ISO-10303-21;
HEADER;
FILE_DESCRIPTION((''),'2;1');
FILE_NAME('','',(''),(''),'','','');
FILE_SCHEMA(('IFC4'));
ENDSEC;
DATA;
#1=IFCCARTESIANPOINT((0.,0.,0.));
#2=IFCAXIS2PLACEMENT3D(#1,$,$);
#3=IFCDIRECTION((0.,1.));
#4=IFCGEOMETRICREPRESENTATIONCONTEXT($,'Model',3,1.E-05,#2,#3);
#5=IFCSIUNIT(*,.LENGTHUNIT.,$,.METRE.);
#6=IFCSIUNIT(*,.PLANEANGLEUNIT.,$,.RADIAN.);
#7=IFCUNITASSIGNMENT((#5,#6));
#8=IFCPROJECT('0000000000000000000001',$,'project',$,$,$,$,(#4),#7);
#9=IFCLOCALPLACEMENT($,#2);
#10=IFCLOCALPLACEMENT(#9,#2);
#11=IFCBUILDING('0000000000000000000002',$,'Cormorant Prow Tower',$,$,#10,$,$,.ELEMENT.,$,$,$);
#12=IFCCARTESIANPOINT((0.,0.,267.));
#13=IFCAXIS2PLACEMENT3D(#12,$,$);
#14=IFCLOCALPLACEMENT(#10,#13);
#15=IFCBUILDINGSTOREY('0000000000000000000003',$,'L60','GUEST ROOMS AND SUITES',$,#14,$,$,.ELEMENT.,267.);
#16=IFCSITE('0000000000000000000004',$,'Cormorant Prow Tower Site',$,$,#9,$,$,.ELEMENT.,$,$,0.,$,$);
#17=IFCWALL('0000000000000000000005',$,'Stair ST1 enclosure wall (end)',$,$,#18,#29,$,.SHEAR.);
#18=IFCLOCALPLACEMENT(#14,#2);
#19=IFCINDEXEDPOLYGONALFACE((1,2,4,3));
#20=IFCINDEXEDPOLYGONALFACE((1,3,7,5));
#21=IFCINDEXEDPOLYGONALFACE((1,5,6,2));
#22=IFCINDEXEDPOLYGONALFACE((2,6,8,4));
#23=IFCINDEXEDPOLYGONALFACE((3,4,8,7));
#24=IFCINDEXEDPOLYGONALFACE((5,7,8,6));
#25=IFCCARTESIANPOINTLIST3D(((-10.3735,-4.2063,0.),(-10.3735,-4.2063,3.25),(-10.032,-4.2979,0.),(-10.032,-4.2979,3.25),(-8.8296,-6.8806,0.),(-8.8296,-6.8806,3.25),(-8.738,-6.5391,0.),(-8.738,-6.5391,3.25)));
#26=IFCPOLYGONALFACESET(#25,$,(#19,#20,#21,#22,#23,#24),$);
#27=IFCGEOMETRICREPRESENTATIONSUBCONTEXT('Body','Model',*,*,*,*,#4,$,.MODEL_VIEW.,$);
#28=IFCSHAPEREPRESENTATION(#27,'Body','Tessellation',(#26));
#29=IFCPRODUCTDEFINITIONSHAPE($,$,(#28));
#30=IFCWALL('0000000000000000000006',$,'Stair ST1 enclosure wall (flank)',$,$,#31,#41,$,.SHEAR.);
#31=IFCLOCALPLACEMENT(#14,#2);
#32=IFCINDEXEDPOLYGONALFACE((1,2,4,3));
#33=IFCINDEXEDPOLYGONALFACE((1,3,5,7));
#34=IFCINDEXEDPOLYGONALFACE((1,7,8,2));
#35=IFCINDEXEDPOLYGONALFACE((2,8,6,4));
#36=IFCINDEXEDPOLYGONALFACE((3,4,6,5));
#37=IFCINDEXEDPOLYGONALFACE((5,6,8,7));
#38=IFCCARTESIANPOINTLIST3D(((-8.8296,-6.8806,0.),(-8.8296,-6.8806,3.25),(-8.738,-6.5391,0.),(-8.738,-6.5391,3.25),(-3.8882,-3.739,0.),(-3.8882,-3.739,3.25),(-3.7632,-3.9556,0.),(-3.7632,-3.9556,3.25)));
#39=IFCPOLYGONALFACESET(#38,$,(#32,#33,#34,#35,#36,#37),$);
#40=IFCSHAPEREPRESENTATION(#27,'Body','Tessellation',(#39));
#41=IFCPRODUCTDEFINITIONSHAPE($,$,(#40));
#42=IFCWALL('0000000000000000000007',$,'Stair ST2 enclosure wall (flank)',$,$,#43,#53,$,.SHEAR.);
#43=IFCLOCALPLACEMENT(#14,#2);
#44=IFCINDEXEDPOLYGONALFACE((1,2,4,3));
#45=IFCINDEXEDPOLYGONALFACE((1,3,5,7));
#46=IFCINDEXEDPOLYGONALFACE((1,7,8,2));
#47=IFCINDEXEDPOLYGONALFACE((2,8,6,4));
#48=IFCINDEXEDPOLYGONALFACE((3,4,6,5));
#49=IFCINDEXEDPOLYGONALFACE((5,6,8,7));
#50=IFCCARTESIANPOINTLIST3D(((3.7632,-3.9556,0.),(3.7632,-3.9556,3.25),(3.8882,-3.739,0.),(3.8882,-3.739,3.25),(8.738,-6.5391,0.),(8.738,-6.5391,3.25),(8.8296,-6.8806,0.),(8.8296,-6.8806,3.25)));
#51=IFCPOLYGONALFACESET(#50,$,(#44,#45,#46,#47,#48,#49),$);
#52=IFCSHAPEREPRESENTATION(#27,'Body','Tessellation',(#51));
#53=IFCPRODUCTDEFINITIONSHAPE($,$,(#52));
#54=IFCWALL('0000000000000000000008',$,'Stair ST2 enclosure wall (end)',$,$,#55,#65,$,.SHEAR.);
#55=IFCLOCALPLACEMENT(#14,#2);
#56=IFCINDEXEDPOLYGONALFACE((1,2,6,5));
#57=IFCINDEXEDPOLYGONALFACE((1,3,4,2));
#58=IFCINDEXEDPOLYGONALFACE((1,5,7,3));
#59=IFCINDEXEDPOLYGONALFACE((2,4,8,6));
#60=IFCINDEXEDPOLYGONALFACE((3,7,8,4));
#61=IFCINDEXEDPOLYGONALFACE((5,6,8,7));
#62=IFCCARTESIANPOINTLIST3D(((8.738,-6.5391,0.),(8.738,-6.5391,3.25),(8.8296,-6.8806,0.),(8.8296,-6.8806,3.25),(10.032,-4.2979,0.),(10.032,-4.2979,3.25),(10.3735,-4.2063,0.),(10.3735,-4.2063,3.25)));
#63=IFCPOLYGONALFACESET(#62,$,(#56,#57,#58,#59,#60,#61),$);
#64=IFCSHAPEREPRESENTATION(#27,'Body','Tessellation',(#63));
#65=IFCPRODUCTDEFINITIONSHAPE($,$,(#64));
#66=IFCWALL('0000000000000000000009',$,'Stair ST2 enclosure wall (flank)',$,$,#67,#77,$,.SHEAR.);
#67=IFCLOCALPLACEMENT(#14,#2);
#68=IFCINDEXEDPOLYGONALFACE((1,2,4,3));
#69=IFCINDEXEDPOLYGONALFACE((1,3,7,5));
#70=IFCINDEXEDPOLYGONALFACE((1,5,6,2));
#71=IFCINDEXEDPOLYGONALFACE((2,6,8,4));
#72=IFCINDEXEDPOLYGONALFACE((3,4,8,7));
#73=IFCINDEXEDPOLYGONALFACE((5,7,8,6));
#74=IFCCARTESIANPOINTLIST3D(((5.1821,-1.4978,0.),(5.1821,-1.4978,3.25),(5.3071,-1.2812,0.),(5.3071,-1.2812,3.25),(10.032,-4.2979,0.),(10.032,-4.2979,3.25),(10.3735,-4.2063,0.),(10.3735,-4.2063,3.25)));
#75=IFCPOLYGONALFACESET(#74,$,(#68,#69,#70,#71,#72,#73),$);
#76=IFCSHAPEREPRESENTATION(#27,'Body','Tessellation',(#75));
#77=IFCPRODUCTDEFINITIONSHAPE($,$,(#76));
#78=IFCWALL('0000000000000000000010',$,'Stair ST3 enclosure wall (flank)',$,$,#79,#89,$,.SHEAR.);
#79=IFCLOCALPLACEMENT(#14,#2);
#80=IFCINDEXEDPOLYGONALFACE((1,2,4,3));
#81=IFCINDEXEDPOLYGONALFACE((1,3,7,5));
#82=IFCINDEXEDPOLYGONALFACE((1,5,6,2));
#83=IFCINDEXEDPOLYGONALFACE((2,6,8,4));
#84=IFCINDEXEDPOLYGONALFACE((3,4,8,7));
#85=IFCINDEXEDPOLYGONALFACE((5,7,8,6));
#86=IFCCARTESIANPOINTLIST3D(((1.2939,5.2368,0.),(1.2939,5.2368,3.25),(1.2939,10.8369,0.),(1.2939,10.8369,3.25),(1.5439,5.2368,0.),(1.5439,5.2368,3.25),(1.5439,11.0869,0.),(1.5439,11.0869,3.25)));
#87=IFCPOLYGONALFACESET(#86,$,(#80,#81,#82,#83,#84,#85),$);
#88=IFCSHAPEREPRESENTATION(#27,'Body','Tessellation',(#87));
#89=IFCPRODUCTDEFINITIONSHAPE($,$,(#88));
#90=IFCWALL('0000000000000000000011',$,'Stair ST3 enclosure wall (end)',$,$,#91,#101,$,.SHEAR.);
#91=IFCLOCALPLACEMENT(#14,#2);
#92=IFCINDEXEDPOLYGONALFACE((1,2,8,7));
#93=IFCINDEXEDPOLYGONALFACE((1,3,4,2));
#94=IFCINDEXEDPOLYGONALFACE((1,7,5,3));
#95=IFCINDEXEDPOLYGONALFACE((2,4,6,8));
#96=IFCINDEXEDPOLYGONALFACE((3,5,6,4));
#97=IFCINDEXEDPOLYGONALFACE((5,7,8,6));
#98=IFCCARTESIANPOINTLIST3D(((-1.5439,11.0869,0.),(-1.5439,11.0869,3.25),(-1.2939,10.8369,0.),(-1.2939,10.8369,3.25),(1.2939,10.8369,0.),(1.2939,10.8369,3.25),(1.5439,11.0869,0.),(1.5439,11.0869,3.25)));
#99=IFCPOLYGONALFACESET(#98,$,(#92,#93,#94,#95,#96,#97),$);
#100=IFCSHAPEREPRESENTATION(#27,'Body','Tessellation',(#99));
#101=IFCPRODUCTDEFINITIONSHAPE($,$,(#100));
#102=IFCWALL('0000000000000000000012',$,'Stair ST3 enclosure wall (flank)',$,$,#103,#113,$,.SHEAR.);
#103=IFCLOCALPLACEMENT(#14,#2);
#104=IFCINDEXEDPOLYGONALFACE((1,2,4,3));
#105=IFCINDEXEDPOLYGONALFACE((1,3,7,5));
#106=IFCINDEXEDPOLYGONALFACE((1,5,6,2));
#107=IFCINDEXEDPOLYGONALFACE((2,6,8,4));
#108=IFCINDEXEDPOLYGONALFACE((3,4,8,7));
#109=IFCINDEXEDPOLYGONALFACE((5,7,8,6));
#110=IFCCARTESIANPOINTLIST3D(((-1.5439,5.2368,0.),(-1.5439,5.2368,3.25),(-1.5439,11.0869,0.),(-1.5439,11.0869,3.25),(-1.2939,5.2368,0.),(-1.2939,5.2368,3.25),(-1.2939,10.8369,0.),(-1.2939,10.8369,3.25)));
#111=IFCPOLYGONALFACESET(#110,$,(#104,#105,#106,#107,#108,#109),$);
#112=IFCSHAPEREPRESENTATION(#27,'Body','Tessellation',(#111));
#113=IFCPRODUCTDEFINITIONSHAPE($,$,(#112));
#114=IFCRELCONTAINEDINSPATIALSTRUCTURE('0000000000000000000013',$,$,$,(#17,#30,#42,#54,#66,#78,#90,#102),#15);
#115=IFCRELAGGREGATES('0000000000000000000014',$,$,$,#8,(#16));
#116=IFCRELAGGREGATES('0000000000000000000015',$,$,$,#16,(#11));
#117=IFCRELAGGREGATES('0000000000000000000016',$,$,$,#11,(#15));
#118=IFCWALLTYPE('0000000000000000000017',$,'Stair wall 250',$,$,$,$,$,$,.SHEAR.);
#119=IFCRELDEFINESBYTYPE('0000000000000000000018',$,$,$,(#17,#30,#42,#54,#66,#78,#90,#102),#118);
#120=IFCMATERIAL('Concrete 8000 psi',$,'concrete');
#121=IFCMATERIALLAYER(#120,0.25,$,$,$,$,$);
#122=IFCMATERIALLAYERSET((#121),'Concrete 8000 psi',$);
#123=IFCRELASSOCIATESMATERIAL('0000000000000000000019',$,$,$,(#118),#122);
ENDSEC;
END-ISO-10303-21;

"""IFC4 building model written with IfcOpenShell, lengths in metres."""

from ifc_helpers import new_model, si_unit, direction, frame, origin, place, context, subcontext, project, spatial, polyline, outline, extrude, material, layer, layer_set, type_object, element, save


model = new_model("IFC4")

# Units and contexts
model_context = context("Model", 3, precision=1e-05, world=origin(), true_north=direction((0.0, 1.0)))
body_context = subcontext(model_context, "Body", "Model", "MODEL_VIEW")
ifc_project = project(units=[si_unit("LENGTHUNIT", "METRE"), si_unit("PLANEANGLEUNIT", "RADIAN")], contexts=[model_context])

# Site, building, storey
site_placement = place(None, origin())
site = spatial("IfcSite", under=ifc_project, at=site_placement, Name="Cormorant Prow Tower Site", CompositionType="ELEMENT", RefElevation=0.0)
building_placement = place(site_placement, origin())
building = spatial("IfcBuilding", under=site, at=building_placement, Name="Cormorant Prow Tower", CompositionType="ELEMENT")
storey_placement = place(building_placement, frame((0.0, 0.0, 267.0)))
storey = spatial("IfcBuildingStorey", under=building, at=storey_placement, Name="L60", Description="GUEST ROOMS AND SUITES", CompositionType="ELEMENT", Elevation=267.0)

# Walls
ifc_material_1 = material(Name="Concrete 8000 psi", Category="concrete")
ifc_layer_1 = layer(ifc_material_1, 0.25)
ifc_layer_set_1 = layer_set([ifc_layer_1], Name="Concrete 8000 psi")
wall_type_1 = type_object("IfcWallType", Name="Stair wall 250", PredefinedType="SHEAR", material=ifc_layer_set_1)
wall_1_placement = place(storey_placement, origin())
element("IfcWall", 1, at=wall_1_placement, inside=storey, type_object=wall_type_1, Name="Stair ST1 enclosure wall (end)", PredefinedType="SHEAR", context=body_context, shape_type="SweptSolid", body=[
    extrude(outline(polyline([(-10.3735, -4.2063), (-8.8296, -6.8806), (-8.738, -6.5391), (-10.032, -4.2979), (-10.3735, -4.2063)])), origin(), (0.0, 0.0, 1.0), 3.25),
])
wall_2_placement = place(storey_placement, origin())
element("IfcWall", 2, at=wall_2_placement, inside=storey, type_object=wall_type_1, Name="Stair ST1 enclosure wall (flank)", PredefinedType="SHEAR", context=body_context, shape_type="SweptSolid", body=[
    extrude(outline(polyline([(-8.738, -6.5391), (-8.8296, -6.8806), (-3.7632, -3.9556), (-3.8882, -3.739), (-8.738, -6.5391)])), origin(), (0.0, 0.0, 1.0), 3.25),
])
wall_3_placement = place(storey_placement, origin())
element("IfcWall", 3, at=wall_3_placement, inside=storey, type_object=wall_type_1, Name="Stair ST2 enclosure wall (flank)", PredefinedType="SHEAR", context=body_context, shape_type="SweptSolid", body=[
    extrude(outline(polyline([(3.7632, -3.9556), (8.8296, -6.8806), (8.738, -6.5391), (3.8882, -3.739), (3.7632, -3.9556)])), origin(), (0.0, 0.0, 1.0), 3.25),
])
wall_4_placement = place(storey_placement, origin())
element("IfcWall", 4, at=wall_4_placement, inside=storey, type_object=wall_type_1, Name="Stair ST2 enclosure wall (end)", PredefinedType="SHEAR", context=body_context, shape_type="SweptSolid", body=[
    extrude(outline(polyline([(8.8296, -6.8806), (10.3735, -4.2063), (10.032, -4.2979), (8.738, -6.5391), (8.8296, -6.8806)])), origin(), (0.0, 0.0, 1.0), 3.25),
])
wall_5_placement = place(storey_placement, origin())
element("IfcWall", 5, at=wall_5_placement, inside=storey, type_object=wall_type_1, Name="Stair ST2 enclosure wall (flank)", PredefinedType="SHEAR", context=body_context, shape_type="SweptSolid", body=[
    extrude(outline(polyline([(10.032, -4.2979), (10.3735, -4.2063), (5.3071, -1.2812), (5.1821, -1.4978), (10.032, -4.2979)])), origin(), (0.0, 0.0, 1.0), 3.25),
])
wall_6_placement = place(storey_placement, origin())
element("IfcWall", 6, at=wall_6_placement, inside=storey, type_object=wall_type_1, Name="Stair ST3 enclosure wall (flank)", PredefinedType="SHEAR", context=body_context, shape_type="SweptSolid", body=[
    extrude(outline(polyline([(1.5439, 5.2368), (1.5439, 11.0869), (1.2939, 10.8369), (1.2939, 5.2368), (1.5439, 5.2368)])), origin(), (0.0, 0.0, 1.0), 3.25),
])
wall_7_placement = place(storey_placement, origin())
element("IfcWall", 7, at=wall_7_placement, inside=storey, type_object=wall_type_1, Name="Stair ST3 enclosure wall (end)", PredefinedType="SHEAR", context=body_context, shape_type="SweptSolid", body=[
    extrude(outline(polyline([(1.5439, 11.0869), (-1.5439, 11.0869), (-1.2939, 10.8369), (1.2939, 10.8369), (1.5439, 11.0869)])), origin(), (0.0, 0.0, 1.0), 3.25),
])
wall_8_placement = place(storey_placement, origin())
element("IfcWall", 8, at=wall_8_placement, inside=storey, type_object=wall_type_1, Name="Stair ST3 enclosure wall (flank)", PredefinedType="SHEAR", context=body_context, shape_type="SweptSolid", body=[
    extrude(outline(polyline([(-1.2939, 10.8369), (-1.5439, 11.0869), (-1.5439, 5.2368), (-1.2939, 5.2368), (-1.2939, 10.8369)])), origin(), (0.0, 0.0, 1.0), 3.25),
])

save(model, "model.ifc")
